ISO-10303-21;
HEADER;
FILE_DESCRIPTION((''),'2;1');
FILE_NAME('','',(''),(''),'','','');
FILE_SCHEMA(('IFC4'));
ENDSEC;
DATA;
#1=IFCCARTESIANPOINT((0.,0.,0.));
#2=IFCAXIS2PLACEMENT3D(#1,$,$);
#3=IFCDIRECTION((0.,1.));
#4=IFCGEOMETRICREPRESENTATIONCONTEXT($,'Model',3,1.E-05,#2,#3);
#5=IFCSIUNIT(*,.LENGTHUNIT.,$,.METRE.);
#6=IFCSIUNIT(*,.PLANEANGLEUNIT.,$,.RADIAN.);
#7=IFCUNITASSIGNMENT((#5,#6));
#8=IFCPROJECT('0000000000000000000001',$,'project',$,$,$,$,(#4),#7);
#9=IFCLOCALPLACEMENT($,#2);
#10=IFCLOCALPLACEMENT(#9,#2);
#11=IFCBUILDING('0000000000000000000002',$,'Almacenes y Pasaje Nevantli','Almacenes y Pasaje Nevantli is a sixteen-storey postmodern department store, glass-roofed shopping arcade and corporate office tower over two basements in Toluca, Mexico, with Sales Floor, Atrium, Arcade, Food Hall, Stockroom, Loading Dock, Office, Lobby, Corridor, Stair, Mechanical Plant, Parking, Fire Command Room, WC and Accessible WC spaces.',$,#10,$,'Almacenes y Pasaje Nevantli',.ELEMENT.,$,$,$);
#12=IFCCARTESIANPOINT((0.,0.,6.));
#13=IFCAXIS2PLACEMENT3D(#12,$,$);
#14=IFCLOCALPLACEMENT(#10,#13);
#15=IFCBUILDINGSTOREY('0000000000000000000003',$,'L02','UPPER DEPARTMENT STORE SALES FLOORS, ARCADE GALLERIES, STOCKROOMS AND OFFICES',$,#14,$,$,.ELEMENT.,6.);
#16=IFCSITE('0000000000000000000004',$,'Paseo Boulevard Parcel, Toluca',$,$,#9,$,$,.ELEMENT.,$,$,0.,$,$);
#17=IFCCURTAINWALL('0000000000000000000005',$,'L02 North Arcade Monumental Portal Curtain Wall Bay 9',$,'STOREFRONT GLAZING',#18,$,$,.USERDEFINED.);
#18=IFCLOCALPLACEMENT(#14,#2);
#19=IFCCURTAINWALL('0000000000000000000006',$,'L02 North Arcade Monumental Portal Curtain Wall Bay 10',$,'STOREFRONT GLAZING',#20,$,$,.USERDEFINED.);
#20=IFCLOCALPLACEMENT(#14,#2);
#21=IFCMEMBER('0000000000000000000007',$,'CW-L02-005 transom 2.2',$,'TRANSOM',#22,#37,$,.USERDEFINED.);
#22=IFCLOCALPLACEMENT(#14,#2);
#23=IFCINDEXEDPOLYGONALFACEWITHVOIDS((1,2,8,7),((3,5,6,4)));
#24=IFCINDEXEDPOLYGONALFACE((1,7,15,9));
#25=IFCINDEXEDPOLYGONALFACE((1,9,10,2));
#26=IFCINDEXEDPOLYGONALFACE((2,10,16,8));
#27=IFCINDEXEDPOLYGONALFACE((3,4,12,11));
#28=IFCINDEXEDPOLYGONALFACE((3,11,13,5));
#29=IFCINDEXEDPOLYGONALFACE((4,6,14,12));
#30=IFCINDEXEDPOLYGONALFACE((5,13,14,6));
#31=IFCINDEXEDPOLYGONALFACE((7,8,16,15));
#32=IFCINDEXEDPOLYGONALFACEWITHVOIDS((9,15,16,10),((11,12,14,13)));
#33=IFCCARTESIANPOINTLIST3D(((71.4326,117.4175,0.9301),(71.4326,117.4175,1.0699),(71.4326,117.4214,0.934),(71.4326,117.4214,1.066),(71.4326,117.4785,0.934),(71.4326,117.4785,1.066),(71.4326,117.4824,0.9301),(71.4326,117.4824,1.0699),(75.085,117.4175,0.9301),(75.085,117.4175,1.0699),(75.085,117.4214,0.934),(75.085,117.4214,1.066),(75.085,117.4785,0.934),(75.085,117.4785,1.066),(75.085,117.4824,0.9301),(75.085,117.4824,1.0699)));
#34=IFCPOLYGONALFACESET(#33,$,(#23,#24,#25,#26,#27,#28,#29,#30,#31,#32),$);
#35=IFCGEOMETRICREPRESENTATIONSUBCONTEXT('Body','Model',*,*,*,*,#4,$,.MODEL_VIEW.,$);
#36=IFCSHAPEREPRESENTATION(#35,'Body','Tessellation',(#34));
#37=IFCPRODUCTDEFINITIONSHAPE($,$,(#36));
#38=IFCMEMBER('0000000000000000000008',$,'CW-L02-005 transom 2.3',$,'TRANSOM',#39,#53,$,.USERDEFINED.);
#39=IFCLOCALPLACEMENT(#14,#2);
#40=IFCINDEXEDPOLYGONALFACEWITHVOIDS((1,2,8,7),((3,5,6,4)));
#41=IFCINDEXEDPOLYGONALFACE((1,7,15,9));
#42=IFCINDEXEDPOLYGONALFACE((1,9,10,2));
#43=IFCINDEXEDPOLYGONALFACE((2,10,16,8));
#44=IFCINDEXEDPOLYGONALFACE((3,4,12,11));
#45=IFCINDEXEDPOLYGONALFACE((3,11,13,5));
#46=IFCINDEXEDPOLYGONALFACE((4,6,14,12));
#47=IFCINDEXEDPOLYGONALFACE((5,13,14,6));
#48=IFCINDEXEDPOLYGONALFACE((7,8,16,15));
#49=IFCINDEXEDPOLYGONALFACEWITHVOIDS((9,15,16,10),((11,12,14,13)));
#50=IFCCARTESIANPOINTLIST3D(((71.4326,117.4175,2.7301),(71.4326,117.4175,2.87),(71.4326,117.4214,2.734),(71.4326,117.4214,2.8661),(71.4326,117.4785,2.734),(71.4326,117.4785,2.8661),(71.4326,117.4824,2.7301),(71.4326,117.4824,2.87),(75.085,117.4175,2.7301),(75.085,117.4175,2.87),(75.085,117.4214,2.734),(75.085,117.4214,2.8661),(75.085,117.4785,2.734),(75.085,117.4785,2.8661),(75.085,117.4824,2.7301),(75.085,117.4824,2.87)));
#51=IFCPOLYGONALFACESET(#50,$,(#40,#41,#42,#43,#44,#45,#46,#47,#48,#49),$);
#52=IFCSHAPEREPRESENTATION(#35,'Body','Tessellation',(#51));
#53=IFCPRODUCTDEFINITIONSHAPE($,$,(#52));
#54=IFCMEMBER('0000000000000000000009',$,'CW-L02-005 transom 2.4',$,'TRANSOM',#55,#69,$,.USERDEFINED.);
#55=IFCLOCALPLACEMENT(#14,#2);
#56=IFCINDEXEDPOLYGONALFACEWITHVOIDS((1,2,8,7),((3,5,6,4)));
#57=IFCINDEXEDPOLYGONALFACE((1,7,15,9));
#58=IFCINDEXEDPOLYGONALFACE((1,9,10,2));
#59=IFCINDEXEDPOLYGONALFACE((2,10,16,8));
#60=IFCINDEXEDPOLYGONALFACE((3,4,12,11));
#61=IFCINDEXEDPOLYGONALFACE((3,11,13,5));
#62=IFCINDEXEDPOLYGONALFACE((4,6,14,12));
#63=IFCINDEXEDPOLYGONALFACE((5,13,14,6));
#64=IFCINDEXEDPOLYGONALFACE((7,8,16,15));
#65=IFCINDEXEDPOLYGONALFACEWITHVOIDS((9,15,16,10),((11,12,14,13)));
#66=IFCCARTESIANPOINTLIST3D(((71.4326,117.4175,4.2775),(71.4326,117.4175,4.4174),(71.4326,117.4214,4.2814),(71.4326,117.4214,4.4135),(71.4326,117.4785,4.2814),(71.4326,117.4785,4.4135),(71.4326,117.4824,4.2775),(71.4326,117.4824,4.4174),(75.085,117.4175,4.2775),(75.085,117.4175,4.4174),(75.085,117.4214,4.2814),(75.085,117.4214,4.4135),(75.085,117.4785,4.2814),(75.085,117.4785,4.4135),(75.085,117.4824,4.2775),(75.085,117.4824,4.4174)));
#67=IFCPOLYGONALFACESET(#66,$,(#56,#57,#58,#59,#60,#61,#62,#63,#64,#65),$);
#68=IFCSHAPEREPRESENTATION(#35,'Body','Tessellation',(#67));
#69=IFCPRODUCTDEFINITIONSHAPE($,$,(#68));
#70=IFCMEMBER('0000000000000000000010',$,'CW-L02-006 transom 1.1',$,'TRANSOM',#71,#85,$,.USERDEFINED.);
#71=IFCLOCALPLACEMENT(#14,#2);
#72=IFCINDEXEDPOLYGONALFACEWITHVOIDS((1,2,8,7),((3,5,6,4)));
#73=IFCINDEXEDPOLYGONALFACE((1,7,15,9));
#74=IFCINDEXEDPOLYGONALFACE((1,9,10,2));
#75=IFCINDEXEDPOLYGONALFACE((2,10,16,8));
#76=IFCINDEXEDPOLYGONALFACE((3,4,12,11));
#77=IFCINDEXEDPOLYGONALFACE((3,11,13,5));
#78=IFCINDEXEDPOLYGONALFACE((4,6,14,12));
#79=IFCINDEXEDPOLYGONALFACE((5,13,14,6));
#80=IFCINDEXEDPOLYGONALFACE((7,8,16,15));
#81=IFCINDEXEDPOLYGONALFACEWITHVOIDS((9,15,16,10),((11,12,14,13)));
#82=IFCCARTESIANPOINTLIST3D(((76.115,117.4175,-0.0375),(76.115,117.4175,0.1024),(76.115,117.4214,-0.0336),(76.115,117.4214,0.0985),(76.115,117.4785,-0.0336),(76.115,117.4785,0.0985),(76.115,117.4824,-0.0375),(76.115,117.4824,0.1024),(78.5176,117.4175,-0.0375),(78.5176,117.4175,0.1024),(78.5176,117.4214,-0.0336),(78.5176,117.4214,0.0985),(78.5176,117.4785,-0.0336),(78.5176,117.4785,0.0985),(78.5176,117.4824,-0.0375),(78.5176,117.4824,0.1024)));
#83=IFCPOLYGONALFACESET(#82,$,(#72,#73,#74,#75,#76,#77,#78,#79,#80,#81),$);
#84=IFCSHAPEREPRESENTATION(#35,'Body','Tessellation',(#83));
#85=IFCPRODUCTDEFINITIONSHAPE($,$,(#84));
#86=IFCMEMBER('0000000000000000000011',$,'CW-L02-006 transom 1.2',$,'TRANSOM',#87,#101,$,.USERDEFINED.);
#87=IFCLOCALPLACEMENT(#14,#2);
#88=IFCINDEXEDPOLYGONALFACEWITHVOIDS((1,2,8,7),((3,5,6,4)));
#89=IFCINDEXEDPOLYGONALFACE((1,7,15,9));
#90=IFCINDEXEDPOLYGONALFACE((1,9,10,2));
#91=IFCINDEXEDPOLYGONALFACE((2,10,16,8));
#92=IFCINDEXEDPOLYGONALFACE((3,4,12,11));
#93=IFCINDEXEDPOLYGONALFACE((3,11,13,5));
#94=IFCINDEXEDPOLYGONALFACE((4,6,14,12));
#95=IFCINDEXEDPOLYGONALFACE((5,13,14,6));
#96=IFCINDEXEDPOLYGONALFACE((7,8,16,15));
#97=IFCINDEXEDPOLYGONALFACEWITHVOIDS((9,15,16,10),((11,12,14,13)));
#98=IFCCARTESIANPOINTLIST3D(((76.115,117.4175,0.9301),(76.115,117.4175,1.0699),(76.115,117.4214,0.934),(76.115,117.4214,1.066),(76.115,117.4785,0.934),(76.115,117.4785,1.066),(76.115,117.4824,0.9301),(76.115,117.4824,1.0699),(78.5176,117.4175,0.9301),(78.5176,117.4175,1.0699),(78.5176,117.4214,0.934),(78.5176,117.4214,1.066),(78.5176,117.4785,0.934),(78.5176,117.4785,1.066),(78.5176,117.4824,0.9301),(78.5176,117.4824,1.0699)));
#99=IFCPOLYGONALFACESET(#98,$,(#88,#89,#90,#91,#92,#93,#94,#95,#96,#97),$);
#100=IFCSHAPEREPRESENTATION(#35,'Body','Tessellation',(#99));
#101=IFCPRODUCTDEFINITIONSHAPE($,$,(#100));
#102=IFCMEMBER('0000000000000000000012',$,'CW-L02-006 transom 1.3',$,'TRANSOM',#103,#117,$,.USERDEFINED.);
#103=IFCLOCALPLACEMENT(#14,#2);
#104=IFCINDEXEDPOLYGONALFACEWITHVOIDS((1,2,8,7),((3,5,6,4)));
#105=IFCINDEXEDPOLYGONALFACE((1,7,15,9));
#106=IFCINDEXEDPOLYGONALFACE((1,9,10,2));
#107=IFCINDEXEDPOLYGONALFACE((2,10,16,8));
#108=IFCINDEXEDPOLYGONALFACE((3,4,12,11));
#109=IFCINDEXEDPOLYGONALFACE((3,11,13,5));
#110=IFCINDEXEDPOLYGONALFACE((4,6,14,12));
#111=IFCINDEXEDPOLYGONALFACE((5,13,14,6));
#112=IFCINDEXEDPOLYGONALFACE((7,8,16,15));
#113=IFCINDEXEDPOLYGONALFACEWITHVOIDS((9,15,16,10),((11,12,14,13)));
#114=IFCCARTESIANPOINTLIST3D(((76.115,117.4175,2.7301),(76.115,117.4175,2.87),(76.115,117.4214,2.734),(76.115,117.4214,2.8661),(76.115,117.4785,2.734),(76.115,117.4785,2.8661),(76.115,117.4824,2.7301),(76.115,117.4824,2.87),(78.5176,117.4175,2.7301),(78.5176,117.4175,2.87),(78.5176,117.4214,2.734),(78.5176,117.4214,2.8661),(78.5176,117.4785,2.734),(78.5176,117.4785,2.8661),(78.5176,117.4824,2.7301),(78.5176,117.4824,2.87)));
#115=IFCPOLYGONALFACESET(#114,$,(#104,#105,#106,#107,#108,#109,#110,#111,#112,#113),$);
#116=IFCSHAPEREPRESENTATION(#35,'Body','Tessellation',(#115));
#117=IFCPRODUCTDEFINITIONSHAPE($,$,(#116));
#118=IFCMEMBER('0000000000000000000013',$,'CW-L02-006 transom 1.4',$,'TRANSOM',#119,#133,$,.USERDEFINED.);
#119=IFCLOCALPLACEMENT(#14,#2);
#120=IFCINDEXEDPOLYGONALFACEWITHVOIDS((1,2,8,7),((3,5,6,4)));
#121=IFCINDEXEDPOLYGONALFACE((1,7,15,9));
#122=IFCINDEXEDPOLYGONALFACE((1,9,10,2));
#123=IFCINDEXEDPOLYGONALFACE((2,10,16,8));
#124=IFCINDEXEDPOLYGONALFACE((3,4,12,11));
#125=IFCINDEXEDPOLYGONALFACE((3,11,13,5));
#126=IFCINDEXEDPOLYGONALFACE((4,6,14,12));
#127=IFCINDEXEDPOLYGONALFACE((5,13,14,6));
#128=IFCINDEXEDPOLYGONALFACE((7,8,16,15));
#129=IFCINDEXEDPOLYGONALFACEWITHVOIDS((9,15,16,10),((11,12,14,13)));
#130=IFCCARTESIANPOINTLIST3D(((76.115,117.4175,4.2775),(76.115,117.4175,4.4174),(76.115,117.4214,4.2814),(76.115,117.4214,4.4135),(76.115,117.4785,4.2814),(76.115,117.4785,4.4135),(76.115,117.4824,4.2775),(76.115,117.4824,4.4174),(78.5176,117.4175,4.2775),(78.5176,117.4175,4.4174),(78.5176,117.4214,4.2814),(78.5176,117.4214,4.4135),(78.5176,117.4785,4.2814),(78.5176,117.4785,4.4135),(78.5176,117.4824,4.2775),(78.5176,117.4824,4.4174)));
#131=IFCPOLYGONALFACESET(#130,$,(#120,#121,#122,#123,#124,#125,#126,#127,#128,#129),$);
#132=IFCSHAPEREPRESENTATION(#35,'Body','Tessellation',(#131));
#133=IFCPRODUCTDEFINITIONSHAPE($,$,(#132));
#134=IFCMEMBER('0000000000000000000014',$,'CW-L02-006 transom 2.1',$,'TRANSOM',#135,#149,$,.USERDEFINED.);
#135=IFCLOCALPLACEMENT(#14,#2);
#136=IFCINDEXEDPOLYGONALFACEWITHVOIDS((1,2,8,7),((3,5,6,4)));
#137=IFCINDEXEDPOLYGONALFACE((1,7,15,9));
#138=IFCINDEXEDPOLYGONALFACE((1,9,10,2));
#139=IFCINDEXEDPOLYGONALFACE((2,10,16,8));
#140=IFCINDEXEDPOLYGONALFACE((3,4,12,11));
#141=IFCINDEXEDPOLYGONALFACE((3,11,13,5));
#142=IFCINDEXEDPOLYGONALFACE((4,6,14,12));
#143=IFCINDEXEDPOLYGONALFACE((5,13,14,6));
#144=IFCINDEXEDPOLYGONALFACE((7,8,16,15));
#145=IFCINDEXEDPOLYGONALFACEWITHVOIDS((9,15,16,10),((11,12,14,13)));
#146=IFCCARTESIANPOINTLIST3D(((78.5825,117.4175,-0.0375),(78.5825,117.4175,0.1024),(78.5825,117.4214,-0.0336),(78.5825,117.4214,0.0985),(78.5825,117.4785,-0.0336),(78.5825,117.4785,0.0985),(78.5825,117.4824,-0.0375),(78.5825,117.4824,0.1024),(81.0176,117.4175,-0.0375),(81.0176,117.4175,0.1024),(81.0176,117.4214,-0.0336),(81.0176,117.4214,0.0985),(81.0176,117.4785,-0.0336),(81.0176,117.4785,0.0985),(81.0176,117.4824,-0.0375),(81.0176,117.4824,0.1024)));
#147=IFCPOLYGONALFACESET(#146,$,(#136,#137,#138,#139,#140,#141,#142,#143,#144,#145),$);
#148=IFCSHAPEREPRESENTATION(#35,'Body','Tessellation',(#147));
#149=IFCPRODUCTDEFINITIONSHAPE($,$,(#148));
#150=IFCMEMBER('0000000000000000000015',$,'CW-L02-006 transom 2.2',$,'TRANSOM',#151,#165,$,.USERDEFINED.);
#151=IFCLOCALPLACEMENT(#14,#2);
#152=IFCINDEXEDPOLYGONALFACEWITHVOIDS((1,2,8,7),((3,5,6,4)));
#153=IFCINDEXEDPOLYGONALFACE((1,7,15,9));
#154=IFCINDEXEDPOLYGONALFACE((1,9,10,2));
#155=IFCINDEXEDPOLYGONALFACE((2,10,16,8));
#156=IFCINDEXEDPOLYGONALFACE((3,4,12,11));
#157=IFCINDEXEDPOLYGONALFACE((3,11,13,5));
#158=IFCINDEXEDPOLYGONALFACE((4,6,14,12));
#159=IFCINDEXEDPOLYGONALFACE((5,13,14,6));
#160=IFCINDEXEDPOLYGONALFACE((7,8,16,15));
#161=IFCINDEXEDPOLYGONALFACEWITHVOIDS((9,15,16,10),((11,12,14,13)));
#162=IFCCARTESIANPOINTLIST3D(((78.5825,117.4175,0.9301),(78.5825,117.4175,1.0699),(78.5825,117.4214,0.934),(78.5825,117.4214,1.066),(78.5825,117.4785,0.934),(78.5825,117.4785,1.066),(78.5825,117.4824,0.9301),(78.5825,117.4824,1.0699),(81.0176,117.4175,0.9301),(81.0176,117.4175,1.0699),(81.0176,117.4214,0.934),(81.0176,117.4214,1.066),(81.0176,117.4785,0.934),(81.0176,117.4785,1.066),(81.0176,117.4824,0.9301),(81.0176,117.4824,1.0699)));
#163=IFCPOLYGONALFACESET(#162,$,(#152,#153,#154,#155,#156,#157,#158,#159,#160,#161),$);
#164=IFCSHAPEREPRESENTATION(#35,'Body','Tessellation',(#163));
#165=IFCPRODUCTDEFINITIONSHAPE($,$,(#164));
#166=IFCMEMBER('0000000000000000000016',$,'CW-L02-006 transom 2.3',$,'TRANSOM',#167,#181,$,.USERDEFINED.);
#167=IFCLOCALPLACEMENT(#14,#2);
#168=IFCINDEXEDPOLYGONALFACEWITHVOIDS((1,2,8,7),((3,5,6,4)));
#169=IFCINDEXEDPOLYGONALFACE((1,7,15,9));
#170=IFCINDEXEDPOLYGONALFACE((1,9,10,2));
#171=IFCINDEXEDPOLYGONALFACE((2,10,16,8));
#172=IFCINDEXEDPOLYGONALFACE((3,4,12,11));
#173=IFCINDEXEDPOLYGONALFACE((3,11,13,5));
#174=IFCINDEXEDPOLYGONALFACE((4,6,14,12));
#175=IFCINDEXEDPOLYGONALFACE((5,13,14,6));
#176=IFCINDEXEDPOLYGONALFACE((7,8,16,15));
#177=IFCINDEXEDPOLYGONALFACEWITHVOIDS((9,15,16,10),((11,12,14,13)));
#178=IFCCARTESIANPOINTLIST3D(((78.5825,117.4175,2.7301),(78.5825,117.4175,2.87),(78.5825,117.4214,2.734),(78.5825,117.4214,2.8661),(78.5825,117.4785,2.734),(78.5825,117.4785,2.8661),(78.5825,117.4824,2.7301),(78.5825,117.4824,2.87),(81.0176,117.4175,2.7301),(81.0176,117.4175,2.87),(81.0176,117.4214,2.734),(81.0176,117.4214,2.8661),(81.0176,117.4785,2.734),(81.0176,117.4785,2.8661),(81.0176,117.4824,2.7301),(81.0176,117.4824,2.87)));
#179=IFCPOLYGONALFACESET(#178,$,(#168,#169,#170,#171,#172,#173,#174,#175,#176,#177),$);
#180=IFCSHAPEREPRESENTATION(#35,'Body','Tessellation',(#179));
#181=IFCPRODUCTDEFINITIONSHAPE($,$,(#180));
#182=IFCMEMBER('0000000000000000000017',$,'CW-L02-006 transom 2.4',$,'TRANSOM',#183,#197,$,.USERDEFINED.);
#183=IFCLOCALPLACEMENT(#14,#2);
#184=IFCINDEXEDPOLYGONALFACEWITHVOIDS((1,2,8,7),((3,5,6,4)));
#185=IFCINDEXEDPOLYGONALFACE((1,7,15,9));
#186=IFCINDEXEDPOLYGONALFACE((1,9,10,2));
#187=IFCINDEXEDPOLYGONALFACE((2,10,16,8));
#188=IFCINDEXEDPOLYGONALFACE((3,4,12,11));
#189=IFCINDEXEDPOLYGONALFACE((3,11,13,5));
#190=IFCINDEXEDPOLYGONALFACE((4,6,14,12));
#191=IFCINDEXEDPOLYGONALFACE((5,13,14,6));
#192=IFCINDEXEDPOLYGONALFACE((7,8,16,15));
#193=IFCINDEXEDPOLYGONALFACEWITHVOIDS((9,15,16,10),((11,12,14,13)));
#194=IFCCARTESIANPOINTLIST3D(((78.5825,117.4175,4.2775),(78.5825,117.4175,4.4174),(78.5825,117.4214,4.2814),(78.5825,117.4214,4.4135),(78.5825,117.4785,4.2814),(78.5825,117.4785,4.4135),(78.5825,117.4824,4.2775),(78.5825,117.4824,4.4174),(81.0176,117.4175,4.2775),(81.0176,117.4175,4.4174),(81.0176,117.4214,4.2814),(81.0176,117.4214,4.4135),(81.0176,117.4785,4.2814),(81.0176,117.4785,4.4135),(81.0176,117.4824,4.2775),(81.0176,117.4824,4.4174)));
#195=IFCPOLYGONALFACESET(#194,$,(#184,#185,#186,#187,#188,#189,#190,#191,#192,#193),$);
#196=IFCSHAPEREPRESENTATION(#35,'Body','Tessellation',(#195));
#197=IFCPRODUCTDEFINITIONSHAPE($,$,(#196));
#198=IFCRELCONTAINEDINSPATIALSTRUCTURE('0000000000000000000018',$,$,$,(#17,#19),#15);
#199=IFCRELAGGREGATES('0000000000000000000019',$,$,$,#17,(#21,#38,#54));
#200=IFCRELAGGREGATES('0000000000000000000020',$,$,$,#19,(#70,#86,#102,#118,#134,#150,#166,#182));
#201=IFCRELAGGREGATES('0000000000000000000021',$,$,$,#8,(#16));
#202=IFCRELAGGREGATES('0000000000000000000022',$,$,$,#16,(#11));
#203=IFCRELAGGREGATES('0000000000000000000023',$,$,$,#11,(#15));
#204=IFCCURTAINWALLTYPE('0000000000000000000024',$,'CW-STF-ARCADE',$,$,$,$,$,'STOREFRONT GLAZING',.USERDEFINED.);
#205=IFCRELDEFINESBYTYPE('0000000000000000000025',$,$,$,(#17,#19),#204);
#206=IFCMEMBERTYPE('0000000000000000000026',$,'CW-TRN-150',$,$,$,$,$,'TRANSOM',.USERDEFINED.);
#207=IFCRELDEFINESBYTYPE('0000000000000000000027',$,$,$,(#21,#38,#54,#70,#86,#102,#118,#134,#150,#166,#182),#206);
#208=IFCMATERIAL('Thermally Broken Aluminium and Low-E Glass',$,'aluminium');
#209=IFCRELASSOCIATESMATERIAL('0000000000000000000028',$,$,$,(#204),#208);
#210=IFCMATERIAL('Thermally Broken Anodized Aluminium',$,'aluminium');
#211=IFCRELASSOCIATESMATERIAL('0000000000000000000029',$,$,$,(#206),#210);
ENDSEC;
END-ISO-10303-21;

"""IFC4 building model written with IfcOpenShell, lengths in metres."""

from ifc_helpers import new_model, si_unit, direction, frame, origin, origin_2d, place, context, subcontext, project, spatial, hollow_rectangle, extrude, material, material_profile, profile_set, type_object, element, aggregate, save


model = new_model("IFC4")

# Units and contexts
model_context = context("Model", 3, precision=1e-05, world=origin(), true_north=direction((0.0, 1.0)))
body_context = subcontext(model_context, "Body", "Model", "MODEL_VIEW")
ifc_project = project(units=[si_unit("LENGTHUNIT", "METRE"), si_unit("PLANEANGLEUNIT", "RADIAN")], contexts=[model_context])

# Site, building, storey
site_placement = place(None, origin())
site = spatial("IfcSite", under=ifc_project, at=site_placement, Name="Paseo Boulevard Parcel, Toluca", CompositionType="ELEMENT", RefElevation=0.0)
building_placement = place(site_placement, origin())
building = spatial("IfcBuilding", under=site, at=building_placement, Name="Almacenes y Pasaje Nevantli", Description="Almacenes y Pasaje Nevantli is a sixteen-storey postmodern department store, glass-roofed shopping arcade and corporate office tower over two basements in Toluca, Mexico, with Sales Floor, Atrium, Arcade, Food Hall, Stockroom, Loading Dock, Office, Lobby, Corridor, Stair, Mechanical Plant, Parking, Fire Command Room, WC and Accessible WC spaces.", LongName="Almacenes y Pasaje Nevantli", CompositionType="ELEMENT")
storey_placement = place(building_placement, frame((0.0, 0.0, 6.0)))
storey = spatial("IfcBuildingStorey", under=building, at=storey_placement, Name="L02", Description="UPPER DEPARTMENT STORE SALES FLOORS, ARCADE GALLERIES, STOCKROOMS AND OFFICES", CompositionType="ELEMENT", Elevation=6.0)

# Curtain walls
ifc_material_1 = material(Name="Thermally Broken Aluminium and Low-E Glass", Category="aluminium")
curtain_wall_type = type_object("IfcCurtainWallType", Name="CW-STF-ARCADE", ElementType="STOREFRONT GLAZING", PredefinedType="USERDEFINED", material=ifc_material_1)
curtain_wall_1_placement = place(storey_placement, origin())
curtain_wall_1 = element("IfcCurtainWall", 1, at=curtain_wall_1_placement, inside=storey, type_object=curtain_wall_type, Name="L02 North Arcade Monumental Portal Curtain Wall Bay 9", ObjectType="STOREFRONT GLAZING", PredefinedType="USERDEFINED")
curtain_wall_2_placement = place(storey_placement, origin())
curtain_wall_2 = element("IfcCurtainWall", 2, at=curtain_wall_2_placement, inside=storey, type_object=curtain_wall_type, Name="L02 North Arcade Monumental Portal Curtain Wall Bay 10", ObjectType="STOREFRONT GLAZING", PredefinedType="USERDEFINED")

# Members
ifc_material_2 = material(Name="Thermally Broken Anodized Aluminium", Category="aluminium")
ifc_material_profile_1 = material_profile(ifc_material_2, hollow_rectangle(XDim=0.0649, YDim=0.1399, WallThickness=0.0039, at=origin_2d()), Name="ALU-TRN-65x140")
ifc_profile_set_1 = profile_set([ifc_material_profile_1], Name="Thermally Broken Anodized Aluminium")
member_type_1 = type_object("IfcMemberType", Name="CW-TRN-150", ElementType="TRANSOM", PredefinedType="USERDEFINED", material=ifc_profile_set_1)
member_1_placement = place(storey_placement, frame((71.4326, 117.45, 1.0), z_axis=(1.0, 0.0, 0.0), x_axis=(0.0, 1.0, 0.0)))
member_1 = element("IfcMember", 3, at=member_1_placement, type_object=member_type_1, Name="CW-L02-005 transom 2.2", ObjectType="TRANSOM", PredefinedType="USERDEFINED", context=body_context, shape_type="SweptSolid", body=[
    extrude(hollow_rectangle(XDim=0.0649, YDim=0.1399, WallThickness=0.0039, at=origin_2d()), origin(), (0.0, 0.0, 1.0), 3.6523),
])
member_2_placement = place(storey_placement, frame((71.4326, 117.45, 2.8), z_axis=(1.0, 0.0, 0.0), x_axis=(0.0, 1.0, 0.0)))
member_2 = element("IfcMember", 4, at=member_2_placement, type_object=member_type_1, Name="CW-L02-005 transom 2.3", ObjectType="TRANSOM", PredefinedType="USERDEFINED", context=body_context, shape_type="SweptSolid", body=[
    extrude(hollow_rectangle(XDim=0.0649, YDim=0.1399, WallThickness=0.0039, at=origin_2d()), origin(), (0.0, 0.0, 1.0), 3.6523),
])
member_3_placement = place(storey_placement, frame((71.4326, 117.45, 4.3474), z_axis=(1.0, 0.0, 0.0), x_axis=(0.0, 1.0, 0.0)))
member_3 = element("IfcMember", 5, at=member_3_placement, type_object=member_type_1, Name="CW-L02-005 transom 2.4", ObjectType="TRANSOM", PredefinedType="USERDEFINED", context=body_context, shape_type="SweptSolid", body=[
    extrude(hollow_rectangle(XDim=0.0649, YDim=0.1399, WallThickness=0.0039, at=origin_2d()), origin(), (0.0, 0.0, 1.0), 3.6523),
])
member_4_placement = place(storey_placement, frame((76.115, 117.45, 0.0325), z_axis=(1.0, 0.0, 0.0), x_axis=(0.0, 1.0, 0.0)))
member_4 = element("IfcMember", 6, at=member_4_placement, type_object=member_type_1, Name="CW-L02-006 transom 1.1", ObjectType="TRANSOM", PredefinedType="USERDEFINED", context=body_context, shape_type="SweptSolid", body=[
    extrude(hollow_rectangle(XDim=0.0649, YDim=0.1399, WallThickness=0.0039, at=origin_2d()), origin(), (0.0, 0.0, 1.0), 2.4026),
])
member_5_placement = place(storey_placement, frame((76.115, 117.45, 1.0), z_axis=(1.0, 0.0, 0.0), x_axis=(0.0, 1.0, 0.0)))
member_5 = element("IfcMember", 7, at=member_5_placement, type_object=member_type_1, Name="CW-L02-006 transom 1.2", ObjectType="TRANSOM", PredefinedType="USERDEFINED", context=body_context, shape_type="SweptSolid", body=[
    extrude(hollow_rectangle(XDim=0.0649, YDim=0.1399, WallThickness=0.0039, at=origin_2d()), origin(), (0.0, 0.0, 1.0), 2.4026),
])
member_6_placement = place(storey_placement, frame((76.115, 117.45, 2.8), z_axis=(1.0, 0.0, 0.0), x_axis=(0.0, 1.0, 0.0)))
member_6 = element("IfcMember", 8, at=member_6_placement, type_object=member_type_1, Name="CW-L02-006 transom 1.3", ObjectType="TRANSOM", PredefinedType="USERDEFINED", context=body_context, shape_type="SweptSolid", body=[
    extrude(hollow_rectangle(XDim=0.0649, YDim=0.1399, WallThickness=0.0039, at=origin_2d()), origin(), (0.0, 0.0, 1.0), 2.4026),
])
member_7_placement = place(storey_placement, frame((76.115, 117.45, 4.3474), z_axis=(1.0, 0.0, 0.0), x_axis=(0.0, 1.0, 0.0)))
member_7 = element("IfcMember", 9, at=member_7_placement, type_object=member_type_1, Name="CW-L02-006 transom 1.4", ObjectType="TRANSOM", PredefinedType="USERDEFINED", context=body_context, shape_type="SweptSolid", body=[
    extrude(hollow_rectangle(XDim=0.0649, YDim=0.1399, WallThickness=0.0039, at=origin_2d()), origin(), (0.0, 0.0, 1.0), 2.4026),
])
member_8_placement = place(storey_placement, frame((78.5825, 117.45, 0.0325), z_axis=(1.0, 0.0, 0.0), x_axis=(0.0, 1.0, 0.0)))
member_8 = element("IfcMember", 10, at=member_8_placement, type_object=member_type_1, Name="CW-L02-006 transom 2.1", ObjectType="TRANSOM", PredefinedType="USERDEFINED", context=body_context, shape_type="SweptSolid", body=[
    extrude(hollow_rectangle(XDim=0.0649, YDim=0.1399, WallThickness=0.0039, at=origin_2d()), origin(), (0.0, 0.0, 1.0), 2.4351),
])
member_9_placement = place(storey_placement, frame((78.5825, 117.45, 1.0), z_axis=(1.0, 0.0, 0.0), x_axis=(0.0, 1.0, 0.0)))
member_9 = element("IfcMember", 11, at=member_9_placement, type_object=member_type_1, Name="CW-L02-006 transom 2.2", ObjectType="TRANSOM", PredefinedType="USERDEFINED", context=body_context, shape_type="SweptSolid", body=[
    extrude(hollow_rectangle(XDim=0.0649, YDim=0.1399, WallThickness=0.0039, at=origin_2d()), origin(), (0.0, 0.0, 1.0), 2.4351),
])
member_10_placement = place(storey_placement, frame((78.5825, 117.45, 2.8), z_axis=(1.0, 0.0, 0.0), x_axis=(0.0, 1.0, 0.0)))
member_10 = element("IfcMember", 12, at=member_10_placement, type_object=member_type_1, Name="CW-L02-006 transom 2.3", ObjectType="TRANSOM", PredefinedType="USERDEFINED", context=body_context, shape_type="SweptSolid", body=[
    extrude(hollow_rectangle(XDim=0.0649, YDim=0.1399, WallThickness=0.0039, at=origin_2d()), origin(), (0.0, 0.0, 1.0), 2.4351),
])
member_11_placement = place(storey_placement, frame((78.5825, 117.45, 4.3474), z_axis=(1.0, 0.0, 0.0), x_axis=(0.0, 1.0, 0.0)))
member_11 = element("IfcMember", 13, at=member_11_placement, type_object=member_type_1, Name="CW-L02-006 transom 2.4", ObjectType="TRANSOM", PredefinedType="USERDEFINED", context=body_context, shape_type="SweptSolid", body=[
    extrude(hollow_rectangle(XDim=0.0649, YDim=0.1399, WallThickness=0.0039, at=origin_2d()), origin(), (0.0, 0.0, 1.0), 2.4351),
])

aggregate(curtain_wall_1, [member_1, member_2, member_3])
aggregate(curtain_wall_2, [member_4, member_5, member_6, member_7, member_8, member_9, member_10, member_11])

save(model, "model.ifc")
